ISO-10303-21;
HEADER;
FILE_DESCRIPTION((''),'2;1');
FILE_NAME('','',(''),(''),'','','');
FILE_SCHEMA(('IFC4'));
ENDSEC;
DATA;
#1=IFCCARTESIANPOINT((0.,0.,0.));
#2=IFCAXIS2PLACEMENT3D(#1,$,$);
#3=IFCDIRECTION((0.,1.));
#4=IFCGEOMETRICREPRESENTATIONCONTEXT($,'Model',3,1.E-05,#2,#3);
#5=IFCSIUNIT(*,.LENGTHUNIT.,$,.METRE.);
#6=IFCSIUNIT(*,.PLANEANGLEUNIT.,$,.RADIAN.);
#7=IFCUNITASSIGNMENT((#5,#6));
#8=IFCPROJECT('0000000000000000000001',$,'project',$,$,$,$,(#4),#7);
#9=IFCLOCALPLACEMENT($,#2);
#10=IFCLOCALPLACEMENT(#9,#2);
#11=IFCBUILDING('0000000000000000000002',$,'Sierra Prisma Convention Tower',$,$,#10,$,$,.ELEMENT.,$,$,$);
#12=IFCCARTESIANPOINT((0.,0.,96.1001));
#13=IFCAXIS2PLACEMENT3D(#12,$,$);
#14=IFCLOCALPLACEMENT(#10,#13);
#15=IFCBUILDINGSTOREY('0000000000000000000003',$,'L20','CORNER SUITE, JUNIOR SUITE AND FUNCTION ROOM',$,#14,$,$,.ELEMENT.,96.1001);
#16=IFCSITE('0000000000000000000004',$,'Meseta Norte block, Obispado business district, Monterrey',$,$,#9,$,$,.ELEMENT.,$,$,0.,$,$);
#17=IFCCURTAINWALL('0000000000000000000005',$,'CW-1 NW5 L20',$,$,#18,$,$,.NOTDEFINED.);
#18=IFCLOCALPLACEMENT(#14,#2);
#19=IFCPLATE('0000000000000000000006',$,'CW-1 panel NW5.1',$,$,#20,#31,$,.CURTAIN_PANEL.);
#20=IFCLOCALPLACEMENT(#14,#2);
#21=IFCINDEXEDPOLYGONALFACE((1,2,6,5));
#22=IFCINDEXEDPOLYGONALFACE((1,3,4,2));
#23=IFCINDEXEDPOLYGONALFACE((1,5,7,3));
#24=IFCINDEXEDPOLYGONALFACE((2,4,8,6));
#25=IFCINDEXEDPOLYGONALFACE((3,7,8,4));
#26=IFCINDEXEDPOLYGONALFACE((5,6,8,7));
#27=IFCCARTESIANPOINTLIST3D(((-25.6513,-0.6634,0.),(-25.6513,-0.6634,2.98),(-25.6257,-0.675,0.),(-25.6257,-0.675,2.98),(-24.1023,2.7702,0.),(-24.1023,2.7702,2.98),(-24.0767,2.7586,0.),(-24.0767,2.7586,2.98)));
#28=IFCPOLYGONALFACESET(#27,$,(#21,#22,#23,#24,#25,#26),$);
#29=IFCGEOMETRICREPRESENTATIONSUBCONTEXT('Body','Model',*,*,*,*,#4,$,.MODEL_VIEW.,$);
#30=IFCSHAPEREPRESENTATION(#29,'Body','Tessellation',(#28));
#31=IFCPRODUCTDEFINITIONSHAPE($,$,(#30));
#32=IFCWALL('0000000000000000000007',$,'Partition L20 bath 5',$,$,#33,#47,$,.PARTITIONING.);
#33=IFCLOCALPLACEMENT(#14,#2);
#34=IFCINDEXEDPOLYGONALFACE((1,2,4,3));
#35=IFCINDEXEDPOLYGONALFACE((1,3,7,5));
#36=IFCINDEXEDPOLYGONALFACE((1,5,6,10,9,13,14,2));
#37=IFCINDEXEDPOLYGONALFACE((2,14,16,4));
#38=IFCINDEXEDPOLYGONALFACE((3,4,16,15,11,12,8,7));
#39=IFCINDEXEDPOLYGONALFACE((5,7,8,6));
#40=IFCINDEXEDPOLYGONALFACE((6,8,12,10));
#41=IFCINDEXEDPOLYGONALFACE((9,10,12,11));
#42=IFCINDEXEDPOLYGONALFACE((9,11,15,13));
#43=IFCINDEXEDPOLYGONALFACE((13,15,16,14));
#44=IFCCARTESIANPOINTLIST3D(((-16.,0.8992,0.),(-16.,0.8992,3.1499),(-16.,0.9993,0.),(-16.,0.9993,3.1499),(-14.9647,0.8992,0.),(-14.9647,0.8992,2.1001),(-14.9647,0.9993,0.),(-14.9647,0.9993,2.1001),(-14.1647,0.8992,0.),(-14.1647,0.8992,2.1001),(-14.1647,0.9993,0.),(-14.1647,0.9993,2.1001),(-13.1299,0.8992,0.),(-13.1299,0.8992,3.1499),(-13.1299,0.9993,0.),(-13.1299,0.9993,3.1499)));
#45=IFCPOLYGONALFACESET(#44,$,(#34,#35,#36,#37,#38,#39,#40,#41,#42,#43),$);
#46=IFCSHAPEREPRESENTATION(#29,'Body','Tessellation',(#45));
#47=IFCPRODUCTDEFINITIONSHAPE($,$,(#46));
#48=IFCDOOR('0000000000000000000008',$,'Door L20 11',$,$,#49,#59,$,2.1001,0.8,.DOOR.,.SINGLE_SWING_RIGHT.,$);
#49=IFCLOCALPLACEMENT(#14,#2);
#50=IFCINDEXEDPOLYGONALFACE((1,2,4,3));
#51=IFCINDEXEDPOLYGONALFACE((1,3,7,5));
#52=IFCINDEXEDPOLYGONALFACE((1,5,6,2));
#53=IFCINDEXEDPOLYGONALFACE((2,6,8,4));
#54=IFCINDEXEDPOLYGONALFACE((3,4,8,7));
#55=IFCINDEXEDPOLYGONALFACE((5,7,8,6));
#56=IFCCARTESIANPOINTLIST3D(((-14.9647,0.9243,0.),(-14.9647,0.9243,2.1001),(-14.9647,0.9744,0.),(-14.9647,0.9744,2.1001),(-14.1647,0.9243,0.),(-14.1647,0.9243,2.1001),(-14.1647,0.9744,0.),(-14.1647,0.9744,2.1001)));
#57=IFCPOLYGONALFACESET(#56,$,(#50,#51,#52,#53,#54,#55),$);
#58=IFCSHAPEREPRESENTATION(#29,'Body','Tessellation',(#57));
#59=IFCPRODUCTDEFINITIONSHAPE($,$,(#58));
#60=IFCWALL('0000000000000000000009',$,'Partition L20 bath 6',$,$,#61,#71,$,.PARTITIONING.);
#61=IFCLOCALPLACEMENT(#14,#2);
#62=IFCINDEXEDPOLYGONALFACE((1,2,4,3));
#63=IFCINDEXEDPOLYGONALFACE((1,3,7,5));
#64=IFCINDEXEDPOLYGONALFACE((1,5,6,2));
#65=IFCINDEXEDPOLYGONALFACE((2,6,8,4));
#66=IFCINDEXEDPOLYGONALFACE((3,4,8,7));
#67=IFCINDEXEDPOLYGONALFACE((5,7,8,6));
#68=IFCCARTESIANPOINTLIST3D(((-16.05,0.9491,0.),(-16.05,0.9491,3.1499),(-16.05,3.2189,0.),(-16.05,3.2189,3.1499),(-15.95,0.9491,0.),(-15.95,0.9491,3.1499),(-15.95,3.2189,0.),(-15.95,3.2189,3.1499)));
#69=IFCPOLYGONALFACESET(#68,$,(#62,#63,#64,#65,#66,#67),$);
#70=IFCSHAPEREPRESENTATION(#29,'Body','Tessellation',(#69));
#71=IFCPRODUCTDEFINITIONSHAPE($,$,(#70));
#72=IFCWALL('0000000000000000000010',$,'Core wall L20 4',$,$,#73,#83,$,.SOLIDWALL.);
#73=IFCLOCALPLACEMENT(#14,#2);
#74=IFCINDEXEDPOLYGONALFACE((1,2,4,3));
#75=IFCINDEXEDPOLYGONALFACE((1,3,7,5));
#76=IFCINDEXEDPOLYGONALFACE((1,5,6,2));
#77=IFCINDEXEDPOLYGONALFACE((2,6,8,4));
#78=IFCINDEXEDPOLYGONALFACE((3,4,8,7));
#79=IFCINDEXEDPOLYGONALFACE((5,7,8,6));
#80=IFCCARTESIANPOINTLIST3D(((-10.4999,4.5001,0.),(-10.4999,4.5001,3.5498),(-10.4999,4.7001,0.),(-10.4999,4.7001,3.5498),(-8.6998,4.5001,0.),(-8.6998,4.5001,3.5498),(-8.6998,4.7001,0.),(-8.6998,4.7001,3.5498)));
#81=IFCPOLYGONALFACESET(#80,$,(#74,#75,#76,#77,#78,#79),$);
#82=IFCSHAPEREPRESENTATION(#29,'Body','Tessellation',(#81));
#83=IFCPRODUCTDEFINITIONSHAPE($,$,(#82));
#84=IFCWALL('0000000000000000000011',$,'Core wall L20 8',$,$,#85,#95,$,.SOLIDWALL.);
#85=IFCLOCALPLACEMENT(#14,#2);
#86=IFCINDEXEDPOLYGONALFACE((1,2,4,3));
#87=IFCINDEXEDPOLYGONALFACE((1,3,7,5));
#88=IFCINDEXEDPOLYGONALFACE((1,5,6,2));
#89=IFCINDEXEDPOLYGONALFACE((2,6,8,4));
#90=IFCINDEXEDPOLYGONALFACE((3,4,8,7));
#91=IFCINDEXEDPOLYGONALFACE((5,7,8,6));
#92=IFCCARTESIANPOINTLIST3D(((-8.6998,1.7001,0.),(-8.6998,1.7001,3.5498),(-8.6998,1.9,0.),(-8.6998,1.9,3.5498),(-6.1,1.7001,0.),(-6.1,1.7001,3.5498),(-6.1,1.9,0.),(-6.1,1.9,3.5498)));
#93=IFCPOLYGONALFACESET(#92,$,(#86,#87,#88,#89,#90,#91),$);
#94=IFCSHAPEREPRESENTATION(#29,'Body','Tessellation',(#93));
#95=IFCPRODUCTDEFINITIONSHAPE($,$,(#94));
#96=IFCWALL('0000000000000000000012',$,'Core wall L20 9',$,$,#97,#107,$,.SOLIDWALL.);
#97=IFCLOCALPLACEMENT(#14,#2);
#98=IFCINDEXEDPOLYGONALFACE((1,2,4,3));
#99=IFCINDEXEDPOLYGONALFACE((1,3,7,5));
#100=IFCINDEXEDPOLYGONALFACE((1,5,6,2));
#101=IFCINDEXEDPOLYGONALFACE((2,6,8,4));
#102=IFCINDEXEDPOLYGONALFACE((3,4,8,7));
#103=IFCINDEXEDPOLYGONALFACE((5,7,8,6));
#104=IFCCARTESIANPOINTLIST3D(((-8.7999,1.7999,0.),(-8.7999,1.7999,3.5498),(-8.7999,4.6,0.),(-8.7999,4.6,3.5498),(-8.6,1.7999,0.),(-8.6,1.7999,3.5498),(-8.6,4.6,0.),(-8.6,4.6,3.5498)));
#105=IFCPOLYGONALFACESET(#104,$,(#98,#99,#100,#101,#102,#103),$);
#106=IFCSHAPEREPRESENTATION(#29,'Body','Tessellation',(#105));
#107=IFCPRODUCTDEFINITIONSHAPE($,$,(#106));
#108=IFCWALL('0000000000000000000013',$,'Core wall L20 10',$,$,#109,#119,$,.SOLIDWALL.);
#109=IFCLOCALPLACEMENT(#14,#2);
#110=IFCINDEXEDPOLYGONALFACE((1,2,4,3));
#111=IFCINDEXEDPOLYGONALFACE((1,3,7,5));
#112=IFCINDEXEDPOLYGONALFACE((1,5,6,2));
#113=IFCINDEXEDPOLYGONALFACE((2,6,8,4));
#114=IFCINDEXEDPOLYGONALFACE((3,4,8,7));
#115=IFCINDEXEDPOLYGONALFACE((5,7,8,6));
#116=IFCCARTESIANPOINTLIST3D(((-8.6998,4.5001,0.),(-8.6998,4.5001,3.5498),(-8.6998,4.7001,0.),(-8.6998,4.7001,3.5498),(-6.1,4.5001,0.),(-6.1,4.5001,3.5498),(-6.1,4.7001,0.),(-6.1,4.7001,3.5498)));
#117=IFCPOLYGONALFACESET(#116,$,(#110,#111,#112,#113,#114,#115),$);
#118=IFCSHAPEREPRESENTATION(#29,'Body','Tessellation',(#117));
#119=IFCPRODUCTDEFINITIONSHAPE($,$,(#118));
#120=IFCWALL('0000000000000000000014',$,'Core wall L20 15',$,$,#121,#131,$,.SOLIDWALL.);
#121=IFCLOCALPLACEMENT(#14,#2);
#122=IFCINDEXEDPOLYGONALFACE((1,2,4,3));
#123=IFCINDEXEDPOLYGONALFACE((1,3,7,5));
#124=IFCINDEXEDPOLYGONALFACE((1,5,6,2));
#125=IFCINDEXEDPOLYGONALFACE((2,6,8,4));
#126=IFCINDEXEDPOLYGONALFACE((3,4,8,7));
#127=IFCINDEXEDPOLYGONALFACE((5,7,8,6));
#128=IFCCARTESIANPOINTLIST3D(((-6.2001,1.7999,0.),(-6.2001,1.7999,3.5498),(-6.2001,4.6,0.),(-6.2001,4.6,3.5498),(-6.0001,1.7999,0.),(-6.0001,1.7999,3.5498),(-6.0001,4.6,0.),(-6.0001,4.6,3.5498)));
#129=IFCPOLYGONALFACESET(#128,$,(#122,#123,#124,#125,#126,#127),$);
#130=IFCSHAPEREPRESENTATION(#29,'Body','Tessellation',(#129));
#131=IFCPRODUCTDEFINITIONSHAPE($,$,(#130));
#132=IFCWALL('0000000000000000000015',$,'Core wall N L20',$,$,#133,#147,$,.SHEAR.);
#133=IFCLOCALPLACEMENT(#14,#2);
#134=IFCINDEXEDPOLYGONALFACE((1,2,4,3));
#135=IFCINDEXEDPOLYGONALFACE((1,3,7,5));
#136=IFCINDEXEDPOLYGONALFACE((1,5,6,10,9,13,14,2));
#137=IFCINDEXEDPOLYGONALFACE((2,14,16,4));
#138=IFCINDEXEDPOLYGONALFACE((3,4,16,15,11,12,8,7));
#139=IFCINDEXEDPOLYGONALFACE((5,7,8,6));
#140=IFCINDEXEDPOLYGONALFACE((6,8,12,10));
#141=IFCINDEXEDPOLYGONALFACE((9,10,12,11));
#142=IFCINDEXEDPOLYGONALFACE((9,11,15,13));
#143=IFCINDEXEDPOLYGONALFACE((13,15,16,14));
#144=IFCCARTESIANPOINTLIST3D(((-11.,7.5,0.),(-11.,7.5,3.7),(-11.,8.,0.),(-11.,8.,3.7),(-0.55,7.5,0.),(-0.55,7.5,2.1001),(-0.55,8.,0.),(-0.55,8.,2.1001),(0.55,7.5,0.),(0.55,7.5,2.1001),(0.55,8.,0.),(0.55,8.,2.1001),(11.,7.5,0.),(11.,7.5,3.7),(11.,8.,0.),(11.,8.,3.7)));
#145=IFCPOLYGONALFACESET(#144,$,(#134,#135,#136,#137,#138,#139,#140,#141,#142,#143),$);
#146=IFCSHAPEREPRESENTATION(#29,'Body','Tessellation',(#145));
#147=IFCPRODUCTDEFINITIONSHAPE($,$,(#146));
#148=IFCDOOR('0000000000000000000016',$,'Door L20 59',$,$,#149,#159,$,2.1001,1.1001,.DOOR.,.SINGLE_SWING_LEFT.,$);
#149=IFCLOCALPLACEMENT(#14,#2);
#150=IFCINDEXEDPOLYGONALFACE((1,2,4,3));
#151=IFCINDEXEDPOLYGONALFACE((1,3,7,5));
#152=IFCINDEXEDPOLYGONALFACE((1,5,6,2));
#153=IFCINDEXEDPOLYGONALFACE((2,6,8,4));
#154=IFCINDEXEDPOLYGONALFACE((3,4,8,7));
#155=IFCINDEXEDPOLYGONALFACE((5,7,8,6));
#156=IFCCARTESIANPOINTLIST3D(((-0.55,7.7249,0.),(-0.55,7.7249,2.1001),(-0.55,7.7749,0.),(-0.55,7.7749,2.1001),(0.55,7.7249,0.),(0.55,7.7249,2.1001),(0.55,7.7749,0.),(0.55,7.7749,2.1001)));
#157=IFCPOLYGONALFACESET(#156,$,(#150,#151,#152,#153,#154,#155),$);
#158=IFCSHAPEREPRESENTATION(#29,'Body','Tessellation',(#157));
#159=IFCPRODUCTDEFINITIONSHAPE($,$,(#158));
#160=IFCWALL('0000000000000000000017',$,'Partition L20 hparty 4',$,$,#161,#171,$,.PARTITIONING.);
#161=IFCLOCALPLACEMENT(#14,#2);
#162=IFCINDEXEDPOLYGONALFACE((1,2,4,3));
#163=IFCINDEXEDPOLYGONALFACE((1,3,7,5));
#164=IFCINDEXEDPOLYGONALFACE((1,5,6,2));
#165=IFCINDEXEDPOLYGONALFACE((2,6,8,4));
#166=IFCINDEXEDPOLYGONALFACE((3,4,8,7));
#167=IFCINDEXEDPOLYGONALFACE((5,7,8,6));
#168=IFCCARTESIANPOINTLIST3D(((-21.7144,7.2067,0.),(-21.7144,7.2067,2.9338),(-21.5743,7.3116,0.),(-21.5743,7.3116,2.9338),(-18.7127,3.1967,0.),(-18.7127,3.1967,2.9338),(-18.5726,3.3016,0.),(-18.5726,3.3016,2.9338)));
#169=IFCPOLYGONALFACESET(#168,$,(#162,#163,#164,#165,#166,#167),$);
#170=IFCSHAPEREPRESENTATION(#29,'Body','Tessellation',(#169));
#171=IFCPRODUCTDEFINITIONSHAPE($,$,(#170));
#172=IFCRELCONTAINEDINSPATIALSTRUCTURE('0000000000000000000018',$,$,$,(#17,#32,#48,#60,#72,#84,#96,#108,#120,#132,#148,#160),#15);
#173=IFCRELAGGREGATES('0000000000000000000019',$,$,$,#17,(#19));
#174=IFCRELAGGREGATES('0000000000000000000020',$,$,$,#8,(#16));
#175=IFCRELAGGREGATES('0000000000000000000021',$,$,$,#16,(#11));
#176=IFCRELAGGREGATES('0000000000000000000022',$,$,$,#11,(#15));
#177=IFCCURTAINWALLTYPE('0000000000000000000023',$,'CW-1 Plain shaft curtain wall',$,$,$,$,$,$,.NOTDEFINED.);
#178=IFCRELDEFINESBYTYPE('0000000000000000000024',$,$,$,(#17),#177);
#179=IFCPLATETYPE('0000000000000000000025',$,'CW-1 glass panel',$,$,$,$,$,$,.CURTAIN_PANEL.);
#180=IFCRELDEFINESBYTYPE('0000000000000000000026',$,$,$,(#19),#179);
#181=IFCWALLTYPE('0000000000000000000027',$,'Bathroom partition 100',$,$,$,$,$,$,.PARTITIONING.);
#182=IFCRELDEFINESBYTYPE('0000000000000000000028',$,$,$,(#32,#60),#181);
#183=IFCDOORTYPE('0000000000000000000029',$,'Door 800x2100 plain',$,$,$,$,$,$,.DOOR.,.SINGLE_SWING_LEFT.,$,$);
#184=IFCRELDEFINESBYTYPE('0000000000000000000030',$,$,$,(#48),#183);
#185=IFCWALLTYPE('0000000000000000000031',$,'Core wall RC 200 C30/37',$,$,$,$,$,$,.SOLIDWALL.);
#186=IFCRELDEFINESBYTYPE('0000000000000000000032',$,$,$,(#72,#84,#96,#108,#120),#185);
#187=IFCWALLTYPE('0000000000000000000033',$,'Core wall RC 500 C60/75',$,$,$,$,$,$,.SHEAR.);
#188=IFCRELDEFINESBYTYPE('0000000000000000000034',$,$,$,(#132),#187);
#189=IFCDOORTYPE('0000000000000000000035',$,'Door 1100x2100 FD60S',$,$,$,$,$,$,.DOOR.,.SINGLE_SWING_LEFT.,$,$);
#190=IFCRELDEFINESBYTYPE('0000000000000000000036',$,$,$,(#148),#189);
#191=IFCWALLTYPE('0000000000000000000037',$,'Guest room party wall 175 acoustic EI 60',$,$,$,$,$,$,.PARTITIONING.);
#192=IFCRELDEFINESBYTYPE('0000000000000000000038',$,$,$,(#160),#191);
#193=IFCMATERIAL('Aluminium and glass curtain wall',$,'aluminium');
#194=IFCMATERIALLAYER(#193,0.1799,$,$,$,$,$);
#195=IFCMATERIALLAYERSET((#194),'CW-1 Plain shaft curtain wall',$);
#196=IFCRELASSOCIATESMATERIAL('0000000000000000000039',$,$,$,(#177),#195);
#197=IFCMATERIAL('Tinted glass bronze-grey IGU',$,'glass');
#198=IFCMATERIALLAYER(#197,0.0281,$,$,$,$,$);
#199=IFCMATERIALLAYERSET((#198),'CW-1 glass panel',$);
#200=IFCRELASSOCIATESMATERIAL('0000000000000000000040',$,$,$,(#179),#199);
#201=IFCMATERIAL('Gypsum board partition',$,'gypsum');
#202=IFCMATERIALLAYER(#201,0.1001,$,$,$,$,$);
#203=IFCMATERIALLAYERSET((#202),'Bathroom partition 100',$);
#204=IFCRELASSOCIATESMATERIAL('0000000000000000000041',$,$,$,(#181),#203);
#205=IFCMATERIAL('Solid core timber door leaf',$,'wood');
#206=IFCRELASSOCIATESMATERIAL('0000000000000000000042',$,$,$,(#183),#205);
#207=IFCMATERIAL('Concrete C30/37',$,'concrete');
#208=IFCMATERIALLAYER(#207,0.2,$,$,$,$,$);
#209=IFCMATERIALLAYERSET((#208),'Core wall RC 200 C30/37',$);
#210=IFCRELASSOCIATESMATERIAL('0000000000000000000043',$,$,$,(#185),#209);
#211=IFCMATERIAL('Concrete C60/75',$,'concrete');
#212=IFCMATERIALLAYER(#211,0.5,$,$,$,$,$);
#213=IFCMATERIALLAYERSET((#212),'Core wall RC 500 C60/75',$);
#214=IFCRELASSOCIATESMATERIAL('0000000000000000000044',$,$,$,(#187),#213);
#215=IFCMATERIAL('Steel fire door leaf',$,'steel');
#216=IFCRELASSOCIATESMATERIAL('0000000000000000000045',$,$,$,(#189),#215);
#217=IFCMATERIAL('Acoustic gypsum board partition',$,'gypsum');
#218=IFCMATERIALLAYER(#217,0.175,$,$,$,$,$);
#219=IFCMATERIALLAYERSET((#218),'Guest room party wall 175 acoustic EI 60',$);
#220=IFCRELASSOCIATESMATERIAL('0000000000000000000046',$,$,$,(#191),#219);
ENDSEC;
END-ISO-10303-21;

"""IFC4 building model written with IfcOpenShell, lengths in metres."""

from ifc_helpers import new_model, si_unit, direction, frame, frame_2d, origin, origin_2d, place, context, subcontext, project, spatial, rectangle, extrude, material, layer, layer_set, type_object, element, fill, aggregate, save


model = new_model("IFC4")

# Units and contexts
model_context = context("Model", 3, precision=1e-05, world=origin(), true_north=direction((0.0, 1.0)))
body_context = subcontext(model_context, "Body", "Model", "MODEL_VIEW")
ifc_project = project(units=[si_unit("LENGTHUNIT", "METRE"), si_unit("PLANEANGLEUNIT", "RADIAN")], contexts=[model_context])

# Site, building, storey
site_placement = place(None, origin())
site = spatial("IfcSite", under=ifc_project, at=site_placement, Name="Meseta Norte block, Obispado business district, Monterrey", CompositionType="ELEMENT", RefElevation=0.0)
building_placement = place(site_placement, origin())
building = spatial("IfcBuilding", under=site, at=building_placement, Name="Sierra Prisma Convention Tower", CompositionType="ELEMENT")
storey_placement = place(building_placement, frame((0.0, 0.0, 96.1001)))
storey = spatial("IfcBuildingStorey", under=building, at=storey_placement, Name="L20", Description="CORNER SUITE, JUNIOR SUITE AND FUNCTION ROOM", CompositionType="ELEMENT", Elevation=96.1001)

# Shared definitions
ifc_material_1 = material(Name="Aluminium and glass curtain wall", Category="aluminium")
ifc_layer_1 = layer(ifc_material_1, 0.1799)
ifc_layer_set_1 = layer_set([ifc_layer_1], Name="CW-1 Plain shaft curtain wall")
curtain_wall_type = type_object("IfcCurtainWallType", Name="CW-1 Plain shaft curtain wall", PredefinedType="NOTDEFINED", material=ifc_layer_set_1)

# Curtain wall
curtain_wall_1_placement = place(storey_placement, origin())
curtain_wall_1 = element("IfcCurtainWall", 1, at=curtain_wall_1_placement, inside=storey, type_object=curtain_wall_type, Name="CW-1 NW5 L20", PredefinedType="NOTDEFINED")

# Plate
ifc_material_2 = material(Name="Tinted glass bronze-grey IGU", Category="glass")
ifc_layer_2 = layer(ifc_material_2, 0.0281)
ifc_layer_set_2 = layer_set([ifc_layer_2], Name="CW-1 glass panel")
plate_type = type_object("IfcPlateType", Name="CW-1 glass panel", PredefinedType="CURTAIN_PANEL", material=ifc_layer_set_2)
plate_1_placement = place(storey_placement, frame((-24.864, 1.0476, 0.0), z_axis=(0.0, 0.0, 1.0), x_axis=(-0.411231, -0.911531, 0.0)))
plate_1 = element("IfcPlate", 2, at=plate_1_placement, type_object=plate_type, Name="CW-1 panel NW5.1", PredefinedType="CURTAIN_PANEL", context=body_context, shape_type="SweptSolid", body=[
    extrude(rectangle(XDim=3.7668, YDim=0.0281, at=origin_2d()), origin(), (0.0, 0.0, 1.0), 2.98),
])
aggregate(curtain_wall_1, [plate_1])

# Wall, opening, door
ifc_material_3 = material(Name="Gypsum board partition", Category="gypsum")
ifc_layer_3 = layer(ifc_material_3, 0.1001)
ifc_layer_set_3 = layer_set([ifc_layer_3], Name="Bathroom partition 100")
wall_type_1 = type_object("IfcWallType", Name="Bathroom partition 100", PredefinedType="PARTITIONING", material=ifc_layer_set_3)
wall_1_placement = place(storey_placement, frame((-13.1299, 0.9492, 0.0), z_axis=(0.0, 0.0, 1.0), x_axis=(-1.0, 0.0, 0.0)))
wall_1 = element("IfcWall", 3, at=wall_1_placement, inside=storey, type_object=wall_type_1, Name="Partition L20 bath 5", PredefinedType="PARTITIONING", context=body_context, shape_type="SweptSolid", body=[
    extrude(rectangle(XDim=2.8701, YDim=0.1001, at=frame_2d((1.4351, 0.0))), origin(), (0.0, 0.0, 1.0), 3.1499),
])
opening_1_placement = place(wall_1_placement, frame((1.0349, 0.0, 0.0)))
opening_1 = element("IfcOpeningElement", 4, at=opening_1_placement, cuts=wall_1, PredefinedType="OPENING", context=body_context, shape_type="SweptSolid", body=[
    extrude(rectangle(XDim=0.8, YDim=2.1001, at=frame_2d((0.3999, 1.05))), frame((0.0, 0.05, 0.0), z_axis=(0.0, -1.0, 0.0), x_axis=(1.0, 0.0, 0.0)), (0.0, 0.0, 1.0), 0.1001),
])
ifc_material_4 = material(Name="Solid core timber door leaf", Category="wood")
door_type_1 = type_object("IfcDoorType", Name="Door 800x2100 plain", OperationType="SINGLE_SWING_LEFT", PredefinedType="DOOR", material=ifc_material_4)
door_1_placement = place(opening_1_placement, origin())
door_1 = element("IfcDoor", 5, at=door_1_placement, inside=storey, type_object=door_type_1, Name="Door L20 11", OperationType="SINGLE_SWING_RIGHT", OverallHeight=2.1001, OverallWidth=0.8, PredefinedType="DOOR", context=body_context, shape_type="SweptSolid", body=[
    extrude(rectangle(XDim=0.8, YDim=2.1001, at=frame_2d((0.3999, 1.05))), frame((0.0, 0.0249, 0.0), z_axis=(0.0, -1.0, 0.0), x_axis=(1.0, 0.0, 0.0)), (0.0, 0.0, 1.0), 0.05),
])
fill(opening_1, door_1)

# Wall
wall_2_placement = place(storey_placement, frame((-16.0, 0.9492, 0.0), z_axis=(0.0, 0.0, 1.0), x_axis=(0.0, 1.0, 0.0)))
element("IfcWall", 6, at=wall_2_placement, inside=storey, type_object=wall_type_1, Name="Partition L20 bath 6", PredefinedType="PARTITIONING", context=body_context, shape_type="SweptSolid", body=[
    extrude(rectangle(XDim=2.2698, YDim=0.1001, at=frame_2d((1.1348, 0.0))), origin(), (0.0, 0.0, 1.0), 3.1499),
])

# Shared definitions
ifc_material_5 = material(Name="Concrete C30/37", Category="concrete")
ifc_layer_4 = layer(ifc_material_5, 0.2)
ifc_layer_set_4 = layer_set([ifc_layer_4], Name="Core wall RC 200 C30/37")
wall_type_2 = type_object("IfcWallType", Name="Core wall RC 200 C30/37", PredefinedType="SOLIDWALL", material=ifc_layer_set_4)

# Walls
wall_3_placement = place(storey_placement, frame((-8.7, 4.6001, 0.0), z_axis=(0.0, 0.0, 1.0), x_axis=(-1.0, 0.0, 0.0)))
element("IfcWall", 7, at=wall_3_placement, inside=storey, type_object=wall_type_2, Name="Core wall L20 4", PredefinedType="SOLIDWALL", context=body_context, shape_type="SweptSolid", body=[
    extrude(rectangle(XDim=1.8, YDim=0.2, at=frame_2d((0.8999, 0.0))), origin(), (0.0, 0.0, 1.0), 3.5498),
])
wall_4_placement = place(storey_placement, frame((-6.1001, 1.8, 0.0), z_axis=(0.0, 0.0, 1.0), x_axis=(-1.0, 0.0, 0.0)))
element("IfcWall", 8, at=wall_4_placement, inside=storey, type_object=wall_type_2, Name="Core wall L20 8", PredefinedType="SOLIDWALL", context=body_context, shape_type="SweptSolid", body=[
    extrude(rectangle(XDim=2.5999, YDim=0.2, at=frame_2d((1.2998, 0.0))), origin(), (0.0, 0.0, 1.0), 3.5498),
])
wall_5_placement = place(storey_placement, frame((-8.7, 1.8, 0.0), z_axis=(0.0, 0.0, 1.0), x_axis=(0.0, 1.0, 0.0)))
element("IfcWall", 9, at=wall_5_placement, inside=storey, type_object=wall_type_2, Name="Core wall L20 9", PredefinedType="SOLIDWALL", context=body_context, shape_type="SweptSolid", body=[
    extrude(rectangle(XDim=2.8, YDim=0.2, at=frame_2d((1.3999, 0.0))), origin(), (0.0, 0.0, 1.0), 3.5498),
])
wall_6_placement = place(storey_placement, frame((-6.1001, 4.6001, 0.0), z_axis=(0.0, 0.0, 1.0), x_axis=(-1.0, 0.0, 0.0)))
element("IfcWall", 10, at=wall_6_placement, inside=storey, type_object=wall_type_2, Name="Core wall L20 10", PredefinedType="SOLIDWALL", context=body_context, shape_type="SweptSolid", body=[
    extrude(rectangle(XDim=2.5999, YDim=0.2, at=frame_2d((1.2998, 0.0))), origin(), (0.0, 0.0, 1.0), 3.5498),
])
wall_7_placement = place(storey_placement, frame((-6.1001, 1.8, 0.0), z_axis=(0.0, 0.0, 1.0), x_axis=(0.0, 1.0, 0.0)))
element("IfcWall", 11, at=wall_7_placement, inside=storey, type_object=wall_type_2, Name="Core wall L20 15", PredefinedType="SOLIDWALL", context=body_context, shape_type="SweptSolid", body=[
    extrude(rectangle(XDim=2.8, YDim=0.2, at=frame_2d((1.3999, 0.0))), origin(), (0.0, 0.0, 1.0), 3.5498),
])

# Wall, opening, door
ifc_material_6 = material(Name="Concrete C60/75", Category="concrete")
ifc_layer_5 = layer(ifc_material_6, 0.5)
ifc_layer_set_5 = layer_set([ifc_layer_5], Name="Core wall RC 500 C60/75")
wall_type_3 = type_object("IfcWallType", Name="Core wall RC 500 C60/75", PredefinedType="SHEAR", material=ifc_layer_set_5)
wall_8_placement = place(storey_placement, frame((-11.0, 7.75, 0.0), z_axis=(0.0, 0.0, 1.0), x_axis=(1.0, 0.0, 0.0)))
wall_8 = element("IfcWall", 12, at=wall_8_placement, inside=storey, type_object=wall_type_3, Name="Core wall N L20", PredefinedType="SHEAR", context=body_context, shape_type="SweptSolid", body=[
    extrude(rectangle(XDim=22.0, YDim=0.5, at=frame_2d((11.0, 0.0))), origin(), (0.0, 0.0, 1.0), 3.7),
])
opening_2_placement = place(wall_8_placement, frame((10.45, 0.0, 0.0)))
opening_2 = element("IfcOpeningElement", 13, at=opening_2_placement, cuts=wall_8, PredefinedType="OPENING", context=body_context, shape_type="SweptSolid", body=[
    extrude(rectangle(XDim=1.1001, YDim=2.1001, at=frame_2d((0.55, 1.05))), frame((0.0, 0.25, 0.0), z_axis=(0.0, -1.0, 0.0), x_axis=(1.0, 0.0, 0.0)), (0.0, 0.0, 1.0), 0.5),
])
ifc_material_7 = material(Name="Steel fire door leaf", Category="steel")
door_type_2 = type_object("IfcDoorType", Name="Door 1100x2100 FD60S", OperationType="SINGLE_SWING_LEFT", PredefinedType="DOOR", material=ifc_material_7)
door_2_placement = place(opening_2_placement, origin())
door_2 = element("IfcDoor", 14, at=door_2_placement, inside=storey, type_object=door_type_2, Name="Door L20 59", OperationType="SINGLE_SWING_LEFT", OverallHeight=2.1001, OverallWidth=1.1001, PredefinedType="DOOR", context=body_context, shape_type="SweptSolid", body=[
    extrude(rectangle(XDim=1.1001, YDim=2.1001, at=frame_2d((0.55, 1.05))), frame((0.0, 0.0249, 0.0), z_axis=(0.0, -1.0, 0.0), x_axis=(1.0, 0.0, 0.0)), (0.0, 0.0, 1.0), 0.05),
])
fill(opening_2, door_2)

# Wall
ifc_material_8 = material(Name="Acoustic gypsum board partition", Category="gypsum")
ifc_layer_6 = layer(ifc_material_8, 0.175)
ifc_layer_set_6 = layer_set([ifc_layer_6], Name="Guest room party wall 175 acoustic EI 60")
wall_type_4 = type_object("IfcWallType", Name="Guest room party wall 175 acoustic EI 60", PredefinedType="PARTITIONING", material=ifc_layer_set_6)
wall_9_placement = place(storey_placement, frame((-21.6443, 7.259, 0.0), z_axis=(0.0, 0.0, 1.0), x_axis=(0.599259, -0.800555, 0.0)))
element("IfcWall", 15, at=wall_9_placement, inside=storey, type_object=wall_type_4, Name="Partition L20 hparty 4", PredefinedType="PARTITIONING", context=body_context, shape_type="SweptSolid", body=[
    extrude(rectangle(XDim=5.009, YDim=0.175, at=frame_2d((2.5044, 0.0))), origin(), (0.0, 0.0, 1.0), 2.9338),
])

save(model, "model.ifc")
